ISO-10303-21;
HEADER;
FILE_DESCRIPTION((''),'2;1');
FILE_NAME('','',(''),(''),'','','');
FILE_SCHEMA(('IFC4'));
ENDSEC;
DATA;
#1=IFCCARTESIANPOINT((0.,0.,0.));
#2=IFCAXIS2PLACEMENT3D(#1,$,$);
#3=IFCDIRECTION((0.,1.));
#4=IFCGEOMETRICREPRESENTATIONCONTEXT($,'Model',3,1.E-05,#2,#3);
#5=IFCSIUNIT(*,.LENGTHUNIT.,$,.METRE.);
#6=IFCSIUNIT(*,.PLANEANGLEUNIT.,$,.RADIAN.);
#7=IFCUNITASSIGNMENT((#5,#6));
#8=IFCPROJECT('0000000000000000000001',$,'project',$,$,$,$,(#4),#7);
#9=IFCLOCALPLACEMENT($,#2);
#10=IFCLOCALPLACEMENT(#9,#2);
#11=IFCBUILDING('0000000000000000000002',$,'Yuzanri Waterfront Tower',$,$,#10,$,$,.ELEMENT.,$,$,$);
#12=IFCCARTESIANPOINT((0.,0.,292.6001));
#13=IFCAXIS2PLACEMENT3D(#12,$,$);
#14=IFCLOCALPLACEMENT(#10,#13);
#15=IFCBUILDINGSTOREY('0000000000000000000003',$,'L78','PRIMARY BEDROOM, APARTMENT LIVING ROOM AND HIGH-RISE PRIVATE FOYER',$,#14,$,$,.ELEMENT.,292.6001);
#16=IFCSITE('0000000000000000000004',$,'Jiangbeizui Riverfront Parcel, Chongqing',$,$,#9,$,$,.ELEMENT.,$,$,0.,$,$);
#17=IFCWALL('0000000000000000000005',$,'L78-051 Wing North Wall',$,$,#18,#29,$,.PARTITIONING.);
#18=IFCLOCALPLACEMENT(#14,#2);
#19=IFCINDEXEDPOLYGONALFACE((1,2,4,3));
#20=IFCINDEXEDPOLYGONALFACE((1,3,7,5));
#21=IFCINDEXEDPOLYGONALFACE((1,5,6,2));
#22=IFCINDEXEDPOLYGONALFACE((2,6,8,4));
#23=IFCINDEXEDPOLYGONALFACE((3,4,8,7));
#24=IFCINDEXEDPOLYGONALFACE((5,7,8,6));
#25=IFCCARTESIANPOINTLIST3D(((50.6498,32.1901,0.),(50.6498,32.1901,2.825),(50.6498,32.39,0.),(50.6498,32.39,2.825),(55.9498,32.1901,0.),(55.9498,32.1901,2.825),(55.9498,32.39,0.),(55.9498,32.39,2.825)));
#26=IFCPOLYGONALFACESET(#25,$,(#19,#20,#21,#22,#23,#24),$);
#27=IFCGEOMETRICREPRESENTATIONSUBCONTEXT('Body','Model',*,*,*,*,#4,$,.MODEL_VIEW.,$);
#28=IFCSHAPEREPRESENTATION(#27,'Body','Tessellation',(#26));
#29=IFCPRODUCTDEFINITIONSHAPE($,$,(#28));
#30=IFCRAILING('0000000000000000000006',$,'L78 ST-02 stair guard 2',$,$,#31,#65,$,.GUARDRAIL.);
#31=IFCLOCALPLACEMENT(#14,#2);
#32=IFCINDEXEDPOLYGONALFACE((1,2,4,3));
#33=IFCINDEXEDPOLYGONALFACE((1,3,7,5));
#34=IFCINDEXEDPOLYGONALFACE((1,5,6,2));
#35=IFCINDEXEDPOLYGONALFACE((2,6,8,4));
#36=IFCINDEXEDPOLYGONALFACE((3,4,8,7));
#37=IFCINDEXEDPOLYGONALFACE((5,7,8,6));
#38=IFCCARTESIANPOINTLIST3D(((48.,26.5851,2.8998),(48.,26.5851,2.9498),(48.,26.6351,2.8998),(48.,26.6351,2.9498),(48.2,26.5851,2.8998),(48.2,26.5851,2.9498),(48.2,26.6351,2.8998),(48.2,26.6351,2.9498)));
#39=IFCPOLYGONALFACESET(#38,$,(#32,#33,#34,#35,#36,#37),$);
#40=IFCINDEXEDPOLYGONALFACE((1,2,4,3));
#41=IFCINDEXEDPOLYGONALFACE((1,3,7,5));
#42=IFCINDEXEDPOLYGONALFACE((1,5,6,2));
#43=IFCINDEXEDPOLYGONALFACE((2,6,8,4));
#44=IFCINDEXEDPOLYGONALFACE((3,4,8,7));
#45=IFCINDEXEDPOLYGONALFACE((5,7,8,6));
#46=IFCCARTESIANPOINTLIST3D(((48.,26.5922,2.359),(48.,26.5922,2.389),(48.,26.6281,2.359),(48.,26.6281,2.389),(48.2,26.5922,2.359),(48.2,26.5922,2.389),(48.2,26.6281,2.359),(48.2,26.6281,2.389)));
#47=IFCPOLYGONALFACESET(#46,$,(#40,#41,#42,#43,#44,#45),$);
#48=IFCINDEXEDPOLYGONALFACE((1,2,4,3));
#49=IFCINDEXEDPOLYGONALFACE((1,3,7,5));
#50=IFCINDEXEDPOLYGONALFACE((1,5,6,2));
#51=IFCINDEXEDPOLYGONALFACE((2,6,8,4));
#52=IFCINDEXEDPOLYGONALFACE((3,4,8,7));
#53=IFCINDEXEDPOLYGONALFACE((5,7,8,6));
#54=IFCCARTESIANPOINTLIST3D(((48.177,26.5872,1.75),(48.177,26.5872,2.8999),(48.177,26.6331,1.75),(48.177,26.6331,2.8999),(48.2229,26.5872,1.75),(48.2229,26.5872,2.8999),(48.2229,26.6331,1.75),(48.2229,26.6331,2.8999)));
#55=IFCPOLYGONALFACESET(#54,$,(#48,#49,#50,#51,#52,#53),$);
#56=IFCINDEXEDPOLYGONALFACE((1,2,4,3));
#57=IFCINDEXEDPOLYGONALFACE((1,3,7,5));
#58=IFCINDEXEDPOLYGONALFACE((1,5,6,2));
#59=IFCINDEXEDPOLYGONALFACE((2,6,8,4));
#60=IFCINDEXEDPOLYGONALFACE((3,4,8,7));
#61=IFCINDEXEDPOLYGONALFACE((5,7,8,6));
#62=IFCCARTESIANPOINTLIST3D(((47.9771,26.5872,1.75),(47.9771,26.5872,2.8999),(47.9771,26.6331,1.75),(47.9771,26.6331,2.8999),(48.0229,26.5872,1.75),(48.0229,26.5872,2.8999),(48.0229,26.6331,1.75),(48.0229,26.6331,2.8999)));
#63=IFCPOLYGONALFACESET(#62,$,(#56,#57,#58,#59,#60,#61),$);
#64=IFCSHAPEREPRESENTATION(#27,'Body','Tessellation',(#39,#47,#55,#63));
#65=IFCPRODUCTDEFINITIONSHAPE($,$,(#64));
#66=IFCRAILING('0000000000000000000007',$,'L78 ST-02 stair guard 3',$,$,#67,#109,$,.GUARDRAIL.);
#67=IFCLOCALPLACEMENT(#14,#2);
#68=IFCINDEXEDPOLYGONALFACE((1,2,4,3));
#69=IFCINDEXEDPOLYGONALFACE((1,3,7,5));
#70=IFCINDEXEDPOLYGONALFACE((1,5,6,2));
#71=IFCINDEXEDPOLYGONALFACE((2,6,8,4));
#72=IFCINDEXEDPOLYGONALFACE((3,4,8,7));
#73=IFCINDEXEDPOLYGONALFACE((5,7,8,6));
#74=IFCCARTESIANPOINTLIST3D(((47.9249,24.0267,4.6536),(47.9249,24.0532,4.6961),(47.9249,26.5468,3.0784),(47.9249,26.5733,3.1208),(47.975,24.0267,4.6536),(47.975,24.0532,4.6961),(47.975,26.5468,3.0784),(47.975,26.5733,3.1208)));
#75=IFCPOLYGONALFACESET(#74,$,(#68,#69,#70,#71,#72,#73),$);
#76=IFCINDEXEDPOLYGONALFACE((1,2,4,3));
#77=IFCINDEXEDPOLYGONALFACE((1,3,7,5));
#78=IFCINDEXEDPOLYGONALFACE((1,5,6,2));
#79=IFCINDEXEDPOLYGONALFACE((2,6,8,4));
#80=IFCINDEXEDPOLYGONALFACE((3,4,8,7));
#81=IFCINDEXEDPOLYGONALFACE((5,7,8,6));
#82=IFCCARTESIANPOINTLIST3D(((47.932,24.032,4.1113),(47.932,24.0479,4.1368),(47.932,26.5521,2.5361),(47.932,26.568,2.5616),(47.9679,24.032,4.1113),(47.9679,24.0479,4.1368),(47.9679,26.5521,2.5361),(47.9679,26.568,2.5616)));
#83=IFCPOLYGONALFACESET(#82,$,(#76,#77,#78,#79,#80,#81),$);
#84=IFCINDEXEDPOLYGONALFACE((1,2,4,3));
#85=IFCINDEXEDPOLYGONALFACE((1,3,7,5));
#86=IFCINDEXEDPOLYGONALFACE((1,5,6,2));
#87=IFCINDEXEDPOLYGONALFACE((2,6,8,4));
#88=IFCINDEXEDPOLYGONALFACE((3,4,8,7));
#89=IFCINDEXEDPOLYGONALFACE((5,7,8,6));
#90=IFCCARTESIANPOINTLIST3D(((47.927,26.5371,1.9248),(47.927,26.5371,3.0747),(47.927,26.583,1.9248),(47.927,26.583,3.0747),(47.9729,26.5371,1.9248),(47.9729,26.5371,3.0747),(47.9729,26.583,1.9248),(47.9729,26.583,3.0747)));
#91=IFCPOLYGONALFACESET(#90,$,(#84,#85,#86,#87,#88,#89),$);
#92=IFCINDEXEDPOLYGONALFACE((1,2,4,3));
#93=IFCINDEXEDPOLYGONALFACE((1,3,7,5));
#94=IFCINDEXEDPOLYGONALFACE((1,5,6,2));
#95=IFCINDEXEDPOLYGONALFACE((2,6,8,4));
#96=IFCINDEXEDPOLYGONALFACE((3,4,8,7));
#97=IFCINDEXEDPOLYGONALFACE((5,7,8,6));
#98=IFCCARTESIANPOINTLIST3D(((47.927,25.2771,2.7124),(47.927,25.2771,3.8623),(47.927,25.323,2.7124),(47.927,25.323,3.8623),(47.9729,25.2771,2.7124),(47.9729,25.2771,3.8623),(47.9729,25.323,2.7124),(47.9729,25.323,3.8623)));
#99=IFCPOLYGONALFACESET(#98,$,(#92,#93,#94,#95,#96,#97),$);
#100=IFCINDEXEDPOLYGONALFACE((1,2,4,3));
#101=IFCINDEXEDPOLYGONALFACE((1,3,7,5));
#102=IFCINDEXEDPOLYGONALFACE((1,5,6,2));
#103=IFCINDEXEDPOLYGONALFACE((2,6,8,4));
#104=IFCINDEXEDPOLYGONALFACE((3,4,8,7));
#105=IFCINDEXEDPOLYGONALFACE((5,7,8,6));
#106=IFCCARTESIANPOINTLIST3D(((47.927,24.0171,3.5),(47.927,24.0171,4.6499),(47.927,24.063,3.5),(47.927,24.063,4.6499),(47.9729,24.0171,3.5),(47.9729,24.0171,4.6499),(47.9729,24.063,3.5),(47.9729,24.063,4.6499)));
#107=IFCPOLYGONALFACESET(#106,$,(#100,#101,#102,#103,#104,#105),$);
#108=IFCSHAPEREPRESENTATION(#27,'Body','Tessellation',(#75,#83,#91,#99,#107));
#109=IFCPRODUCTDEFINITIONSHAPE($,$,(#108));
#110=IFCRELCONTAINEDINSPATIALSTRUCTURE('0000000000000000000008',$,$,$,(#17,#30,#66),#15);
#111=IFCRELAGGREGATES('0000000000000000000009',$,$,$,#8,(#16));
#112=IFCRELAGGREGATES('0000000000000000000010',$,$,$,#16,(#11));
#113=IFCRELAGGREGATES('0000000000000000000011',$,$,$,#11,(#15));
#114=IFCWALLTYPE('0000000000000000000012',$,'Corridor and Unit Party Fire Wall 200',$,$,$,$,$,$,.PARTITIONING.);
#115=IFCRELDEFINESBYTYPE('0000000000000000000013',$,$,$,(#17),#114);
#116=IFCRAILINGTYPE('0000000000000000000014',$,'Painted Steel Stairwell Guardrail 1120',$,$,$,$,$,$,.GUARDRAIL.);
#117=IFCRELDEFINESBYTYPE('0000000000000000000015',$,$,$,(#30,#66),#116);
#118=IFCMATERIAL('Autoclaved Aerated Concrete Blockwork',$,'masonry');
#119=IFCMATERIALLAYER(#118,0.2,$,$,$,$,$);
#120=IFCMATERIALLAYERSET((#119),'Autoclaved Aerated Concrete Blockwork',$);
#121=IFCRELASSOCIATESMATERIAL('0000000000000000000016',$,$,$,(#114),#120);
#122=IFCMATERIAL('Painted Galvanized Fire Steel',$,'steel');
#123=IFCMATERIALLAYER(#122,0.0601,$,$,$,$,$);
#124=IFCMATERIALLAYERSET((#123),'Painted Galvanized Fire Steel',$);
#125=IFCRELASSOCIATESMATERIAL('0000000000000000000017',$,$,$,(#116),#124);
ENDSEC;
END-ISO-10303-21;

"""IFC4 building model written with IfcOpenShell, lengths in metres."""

from ifc_helpers import new_model, si_unit, direction, frame, frame_2d, origin, origin_2d, place, context, subcontext, project, spatial, rectangle, extrude, source, transform, mapped, material, layer, layer_set, type_object, element, save


model = new_model("IFC4")

# Units and contexts
model_context = context("Model", 3, precision=1e-05, world=origin(), true_north=direction((0.0, 1.0)))
body_context = subcontext(model_context, "Body", "Model", "MODEL_VIEW")
ifc_project = project(units=[si_unit("LENGTHUNIT", "METRE"), si_unit("PLANEANGLEUNIT", "RADIAN")], contexts=[model_context])

# Site, building, storey
site_placement = place(None, origin())
site = spatial("IfcSite", under=ifc_project, at=site_placement, Name="Jiangbeizui Riverfront Parcel, Chongqing", CompositionType="ELEMENT", RefElevation=0.0)
building_placement = place(site_placement, origin())
building = spatial("IfcBuilding", under=site, at=building_placement, Name="Yuzanri Waterfront Tower", CompositionType="ELEMENT")
storey_placement = place(building_placement, frame((0.0, 0.0, 292.6001)))
storey = spatial("IfcBuildingStorey", under=building, at=storey_placement, Name="L78", Description="PRIMARY BEDROOM, APARTMENT LIVING ROOM AND HIGH-RISE PRIVATE FOYER", CompositionType="ELEMENT", Elevation=292.6001)

# Wall
ifc_material_1 = material(Name="Autoclaved Aerated Concrete Blockwork", Category="masonry")
ifc_layer_1 = layer(ifc_material_1, 0.2)
ifc_layer_set_1 = layer_set([ifc_layer_1], Name="Autoclaved Aerated Concrete Blockwork")
wall_type = type_object("IfcWallType", Name="Corridor and Unit Party Fire Wall 200", PredefinedType="PARTITIONING", material=ifc_layer_set_1)
shared_shape_1 = source(origin(), body_context, "Body", "SweptSolid", [
    extrude(rectangle(XDim=5.3, YDim=0.2, at=frame_2d((2.6499, 0.0))), origin(), (0.0, 0.0, 1.0), 2.825),
])
wall_placement = place(storey_placement, frame((50.6499, 32.29, 0.0), z_axis=(0.0, 0.0, 1.0), x_axis=(1.0, 0.0, 0.0)))
element("IfcWall", 1, at=wall_placement, inside=storey, type_object=wall_type, Name="L78-051 Wing North Wall", PredefinedType="PARTITIONING", context=body_context, shape_type="MappedRepresentation", body=[
    mapped(shared_shape_1, transform((0.0, 0.0, 0.0), scale=1.0)),
])

# Railings
ifc_material_2 = material(Name="Painted Galvanized Fire Steel", Category="steel")
ifc_layer_2 = layer(ifc_material_2, 0.0601)
ifc_layer_set_2 = layer_set([ifc_layer_2], Name="Painted Galvanized Fire Steel")
railing_type = type_object("IfcRailingType", Name="Painted Steel Stairwell Guardrail 1120", PredefinedType="GUARDRAIL", material=ifc_layer_set_2)
shared_shape_2 = source(origin(), body_context, "Body", "SweptSolid", [
    extrude(rectangle(XDim=0.05, YDim=0.05, at=origin_2d()), frame((0.0, 0.0, 1.1748), z_axis=(-1.0, 0.0, 0.0), x_axis=(0.0, -1.0, 0.0)), (0.0, 0.0, 1.0), 0.2),
    extrude(rectangle(XDim=0.0359, YDim=0.03, at=origin_2d()), frame((0.0, 0.0, 0.624), z_axis=(-1.0, 0.0, 0.0), x_axis=(0.0, -1.0, 0.0)), (0.0, 0.0, 1.0), 0.2),
    extrude(rectangle(XDim=0.0459, YDim=0.0459, at=origin_2d()), origin(), (0.0, 0.0, 1.0), 1.1499),
    extrude(rectangle(XDim=0.0459, YDim=0.0459, at=origin_2d()), frame((-0.2, 0.0, 0.0)), (0.0, 0.0, 1.0), 1.1499),
])
railing_1_placement = place(storey_placement, frame((48.2, 26.6101, 1.75)))
element("IfcRailing", 2, at=railing_1_placement, inside=storey, type_object=railing_type, Name="L78 ST-02 stair guard 2", PredefinedType="GUARDRAIL", context=body_context, shape_type="MappedRepresentation", body=[
    mapped(shared_shape_2, transform((0.0, 0.0, 0.0), scale=1.0)),
])
shared_shape_3 = source(origin(), body_context, "Body", "SweptSolid", [
    extrude(rectangle(XDim=0.05, YDim=0.05, at=origin_2d()), frame((0.0, 0.0, 1.1748), z_axis=(0.0, -0.847971, 0.530043), x_axis=(1.0, 0.0, 0.0)), (0.0, 0.0, 1.0), 2.9719),
    extrude(rectangle(XDim=0.0359, YDim=0.03, at=origin_2d()), frame((0.0, 0.0, 0.624), z_axis=(0.0, -0.847971, 0.530043), x_axis=(1.0, 0.0, 0.0)), (0.0, 0.0, 1.0), 2.9719),
    extrude(rectangle(XDim=0.0459, YDim=0.0459, at=origin_2d()), origin(), (0.0, 0.0, 1.0), 1.1499),
    extrude(rectangle(XDim=0.0459, YDim=0.0459, at=origin_2d()), frame((0.0, -1.26, 0.7876)), (0.0, 0.0, 1.0), 1.1499),
    extrude(rectangle(XDim=0.0459, YDim=0.0459, at=origin_2d()), frame((0.0, -2.52, 1.5752)), (0.0, 0.0, 1.0), 1.1499),
])
railing_2_placement = place(storey_placement, frame((47.95, 26.5601, 1.9248)))
element("IfcRailing", 3, at=railing_2_placement, inside=storey, type_object=railing_type, Name="L78 ST-02 stair guard 3", PredefinedType="GUARDRAIL", context=body_context, shape_type="MappedRepresentation", body=[
    mapped(shared_shape_3, transform((0.0, 0.0, 0.0), scale=1.0)),
])

save(model, "model.ifc")
